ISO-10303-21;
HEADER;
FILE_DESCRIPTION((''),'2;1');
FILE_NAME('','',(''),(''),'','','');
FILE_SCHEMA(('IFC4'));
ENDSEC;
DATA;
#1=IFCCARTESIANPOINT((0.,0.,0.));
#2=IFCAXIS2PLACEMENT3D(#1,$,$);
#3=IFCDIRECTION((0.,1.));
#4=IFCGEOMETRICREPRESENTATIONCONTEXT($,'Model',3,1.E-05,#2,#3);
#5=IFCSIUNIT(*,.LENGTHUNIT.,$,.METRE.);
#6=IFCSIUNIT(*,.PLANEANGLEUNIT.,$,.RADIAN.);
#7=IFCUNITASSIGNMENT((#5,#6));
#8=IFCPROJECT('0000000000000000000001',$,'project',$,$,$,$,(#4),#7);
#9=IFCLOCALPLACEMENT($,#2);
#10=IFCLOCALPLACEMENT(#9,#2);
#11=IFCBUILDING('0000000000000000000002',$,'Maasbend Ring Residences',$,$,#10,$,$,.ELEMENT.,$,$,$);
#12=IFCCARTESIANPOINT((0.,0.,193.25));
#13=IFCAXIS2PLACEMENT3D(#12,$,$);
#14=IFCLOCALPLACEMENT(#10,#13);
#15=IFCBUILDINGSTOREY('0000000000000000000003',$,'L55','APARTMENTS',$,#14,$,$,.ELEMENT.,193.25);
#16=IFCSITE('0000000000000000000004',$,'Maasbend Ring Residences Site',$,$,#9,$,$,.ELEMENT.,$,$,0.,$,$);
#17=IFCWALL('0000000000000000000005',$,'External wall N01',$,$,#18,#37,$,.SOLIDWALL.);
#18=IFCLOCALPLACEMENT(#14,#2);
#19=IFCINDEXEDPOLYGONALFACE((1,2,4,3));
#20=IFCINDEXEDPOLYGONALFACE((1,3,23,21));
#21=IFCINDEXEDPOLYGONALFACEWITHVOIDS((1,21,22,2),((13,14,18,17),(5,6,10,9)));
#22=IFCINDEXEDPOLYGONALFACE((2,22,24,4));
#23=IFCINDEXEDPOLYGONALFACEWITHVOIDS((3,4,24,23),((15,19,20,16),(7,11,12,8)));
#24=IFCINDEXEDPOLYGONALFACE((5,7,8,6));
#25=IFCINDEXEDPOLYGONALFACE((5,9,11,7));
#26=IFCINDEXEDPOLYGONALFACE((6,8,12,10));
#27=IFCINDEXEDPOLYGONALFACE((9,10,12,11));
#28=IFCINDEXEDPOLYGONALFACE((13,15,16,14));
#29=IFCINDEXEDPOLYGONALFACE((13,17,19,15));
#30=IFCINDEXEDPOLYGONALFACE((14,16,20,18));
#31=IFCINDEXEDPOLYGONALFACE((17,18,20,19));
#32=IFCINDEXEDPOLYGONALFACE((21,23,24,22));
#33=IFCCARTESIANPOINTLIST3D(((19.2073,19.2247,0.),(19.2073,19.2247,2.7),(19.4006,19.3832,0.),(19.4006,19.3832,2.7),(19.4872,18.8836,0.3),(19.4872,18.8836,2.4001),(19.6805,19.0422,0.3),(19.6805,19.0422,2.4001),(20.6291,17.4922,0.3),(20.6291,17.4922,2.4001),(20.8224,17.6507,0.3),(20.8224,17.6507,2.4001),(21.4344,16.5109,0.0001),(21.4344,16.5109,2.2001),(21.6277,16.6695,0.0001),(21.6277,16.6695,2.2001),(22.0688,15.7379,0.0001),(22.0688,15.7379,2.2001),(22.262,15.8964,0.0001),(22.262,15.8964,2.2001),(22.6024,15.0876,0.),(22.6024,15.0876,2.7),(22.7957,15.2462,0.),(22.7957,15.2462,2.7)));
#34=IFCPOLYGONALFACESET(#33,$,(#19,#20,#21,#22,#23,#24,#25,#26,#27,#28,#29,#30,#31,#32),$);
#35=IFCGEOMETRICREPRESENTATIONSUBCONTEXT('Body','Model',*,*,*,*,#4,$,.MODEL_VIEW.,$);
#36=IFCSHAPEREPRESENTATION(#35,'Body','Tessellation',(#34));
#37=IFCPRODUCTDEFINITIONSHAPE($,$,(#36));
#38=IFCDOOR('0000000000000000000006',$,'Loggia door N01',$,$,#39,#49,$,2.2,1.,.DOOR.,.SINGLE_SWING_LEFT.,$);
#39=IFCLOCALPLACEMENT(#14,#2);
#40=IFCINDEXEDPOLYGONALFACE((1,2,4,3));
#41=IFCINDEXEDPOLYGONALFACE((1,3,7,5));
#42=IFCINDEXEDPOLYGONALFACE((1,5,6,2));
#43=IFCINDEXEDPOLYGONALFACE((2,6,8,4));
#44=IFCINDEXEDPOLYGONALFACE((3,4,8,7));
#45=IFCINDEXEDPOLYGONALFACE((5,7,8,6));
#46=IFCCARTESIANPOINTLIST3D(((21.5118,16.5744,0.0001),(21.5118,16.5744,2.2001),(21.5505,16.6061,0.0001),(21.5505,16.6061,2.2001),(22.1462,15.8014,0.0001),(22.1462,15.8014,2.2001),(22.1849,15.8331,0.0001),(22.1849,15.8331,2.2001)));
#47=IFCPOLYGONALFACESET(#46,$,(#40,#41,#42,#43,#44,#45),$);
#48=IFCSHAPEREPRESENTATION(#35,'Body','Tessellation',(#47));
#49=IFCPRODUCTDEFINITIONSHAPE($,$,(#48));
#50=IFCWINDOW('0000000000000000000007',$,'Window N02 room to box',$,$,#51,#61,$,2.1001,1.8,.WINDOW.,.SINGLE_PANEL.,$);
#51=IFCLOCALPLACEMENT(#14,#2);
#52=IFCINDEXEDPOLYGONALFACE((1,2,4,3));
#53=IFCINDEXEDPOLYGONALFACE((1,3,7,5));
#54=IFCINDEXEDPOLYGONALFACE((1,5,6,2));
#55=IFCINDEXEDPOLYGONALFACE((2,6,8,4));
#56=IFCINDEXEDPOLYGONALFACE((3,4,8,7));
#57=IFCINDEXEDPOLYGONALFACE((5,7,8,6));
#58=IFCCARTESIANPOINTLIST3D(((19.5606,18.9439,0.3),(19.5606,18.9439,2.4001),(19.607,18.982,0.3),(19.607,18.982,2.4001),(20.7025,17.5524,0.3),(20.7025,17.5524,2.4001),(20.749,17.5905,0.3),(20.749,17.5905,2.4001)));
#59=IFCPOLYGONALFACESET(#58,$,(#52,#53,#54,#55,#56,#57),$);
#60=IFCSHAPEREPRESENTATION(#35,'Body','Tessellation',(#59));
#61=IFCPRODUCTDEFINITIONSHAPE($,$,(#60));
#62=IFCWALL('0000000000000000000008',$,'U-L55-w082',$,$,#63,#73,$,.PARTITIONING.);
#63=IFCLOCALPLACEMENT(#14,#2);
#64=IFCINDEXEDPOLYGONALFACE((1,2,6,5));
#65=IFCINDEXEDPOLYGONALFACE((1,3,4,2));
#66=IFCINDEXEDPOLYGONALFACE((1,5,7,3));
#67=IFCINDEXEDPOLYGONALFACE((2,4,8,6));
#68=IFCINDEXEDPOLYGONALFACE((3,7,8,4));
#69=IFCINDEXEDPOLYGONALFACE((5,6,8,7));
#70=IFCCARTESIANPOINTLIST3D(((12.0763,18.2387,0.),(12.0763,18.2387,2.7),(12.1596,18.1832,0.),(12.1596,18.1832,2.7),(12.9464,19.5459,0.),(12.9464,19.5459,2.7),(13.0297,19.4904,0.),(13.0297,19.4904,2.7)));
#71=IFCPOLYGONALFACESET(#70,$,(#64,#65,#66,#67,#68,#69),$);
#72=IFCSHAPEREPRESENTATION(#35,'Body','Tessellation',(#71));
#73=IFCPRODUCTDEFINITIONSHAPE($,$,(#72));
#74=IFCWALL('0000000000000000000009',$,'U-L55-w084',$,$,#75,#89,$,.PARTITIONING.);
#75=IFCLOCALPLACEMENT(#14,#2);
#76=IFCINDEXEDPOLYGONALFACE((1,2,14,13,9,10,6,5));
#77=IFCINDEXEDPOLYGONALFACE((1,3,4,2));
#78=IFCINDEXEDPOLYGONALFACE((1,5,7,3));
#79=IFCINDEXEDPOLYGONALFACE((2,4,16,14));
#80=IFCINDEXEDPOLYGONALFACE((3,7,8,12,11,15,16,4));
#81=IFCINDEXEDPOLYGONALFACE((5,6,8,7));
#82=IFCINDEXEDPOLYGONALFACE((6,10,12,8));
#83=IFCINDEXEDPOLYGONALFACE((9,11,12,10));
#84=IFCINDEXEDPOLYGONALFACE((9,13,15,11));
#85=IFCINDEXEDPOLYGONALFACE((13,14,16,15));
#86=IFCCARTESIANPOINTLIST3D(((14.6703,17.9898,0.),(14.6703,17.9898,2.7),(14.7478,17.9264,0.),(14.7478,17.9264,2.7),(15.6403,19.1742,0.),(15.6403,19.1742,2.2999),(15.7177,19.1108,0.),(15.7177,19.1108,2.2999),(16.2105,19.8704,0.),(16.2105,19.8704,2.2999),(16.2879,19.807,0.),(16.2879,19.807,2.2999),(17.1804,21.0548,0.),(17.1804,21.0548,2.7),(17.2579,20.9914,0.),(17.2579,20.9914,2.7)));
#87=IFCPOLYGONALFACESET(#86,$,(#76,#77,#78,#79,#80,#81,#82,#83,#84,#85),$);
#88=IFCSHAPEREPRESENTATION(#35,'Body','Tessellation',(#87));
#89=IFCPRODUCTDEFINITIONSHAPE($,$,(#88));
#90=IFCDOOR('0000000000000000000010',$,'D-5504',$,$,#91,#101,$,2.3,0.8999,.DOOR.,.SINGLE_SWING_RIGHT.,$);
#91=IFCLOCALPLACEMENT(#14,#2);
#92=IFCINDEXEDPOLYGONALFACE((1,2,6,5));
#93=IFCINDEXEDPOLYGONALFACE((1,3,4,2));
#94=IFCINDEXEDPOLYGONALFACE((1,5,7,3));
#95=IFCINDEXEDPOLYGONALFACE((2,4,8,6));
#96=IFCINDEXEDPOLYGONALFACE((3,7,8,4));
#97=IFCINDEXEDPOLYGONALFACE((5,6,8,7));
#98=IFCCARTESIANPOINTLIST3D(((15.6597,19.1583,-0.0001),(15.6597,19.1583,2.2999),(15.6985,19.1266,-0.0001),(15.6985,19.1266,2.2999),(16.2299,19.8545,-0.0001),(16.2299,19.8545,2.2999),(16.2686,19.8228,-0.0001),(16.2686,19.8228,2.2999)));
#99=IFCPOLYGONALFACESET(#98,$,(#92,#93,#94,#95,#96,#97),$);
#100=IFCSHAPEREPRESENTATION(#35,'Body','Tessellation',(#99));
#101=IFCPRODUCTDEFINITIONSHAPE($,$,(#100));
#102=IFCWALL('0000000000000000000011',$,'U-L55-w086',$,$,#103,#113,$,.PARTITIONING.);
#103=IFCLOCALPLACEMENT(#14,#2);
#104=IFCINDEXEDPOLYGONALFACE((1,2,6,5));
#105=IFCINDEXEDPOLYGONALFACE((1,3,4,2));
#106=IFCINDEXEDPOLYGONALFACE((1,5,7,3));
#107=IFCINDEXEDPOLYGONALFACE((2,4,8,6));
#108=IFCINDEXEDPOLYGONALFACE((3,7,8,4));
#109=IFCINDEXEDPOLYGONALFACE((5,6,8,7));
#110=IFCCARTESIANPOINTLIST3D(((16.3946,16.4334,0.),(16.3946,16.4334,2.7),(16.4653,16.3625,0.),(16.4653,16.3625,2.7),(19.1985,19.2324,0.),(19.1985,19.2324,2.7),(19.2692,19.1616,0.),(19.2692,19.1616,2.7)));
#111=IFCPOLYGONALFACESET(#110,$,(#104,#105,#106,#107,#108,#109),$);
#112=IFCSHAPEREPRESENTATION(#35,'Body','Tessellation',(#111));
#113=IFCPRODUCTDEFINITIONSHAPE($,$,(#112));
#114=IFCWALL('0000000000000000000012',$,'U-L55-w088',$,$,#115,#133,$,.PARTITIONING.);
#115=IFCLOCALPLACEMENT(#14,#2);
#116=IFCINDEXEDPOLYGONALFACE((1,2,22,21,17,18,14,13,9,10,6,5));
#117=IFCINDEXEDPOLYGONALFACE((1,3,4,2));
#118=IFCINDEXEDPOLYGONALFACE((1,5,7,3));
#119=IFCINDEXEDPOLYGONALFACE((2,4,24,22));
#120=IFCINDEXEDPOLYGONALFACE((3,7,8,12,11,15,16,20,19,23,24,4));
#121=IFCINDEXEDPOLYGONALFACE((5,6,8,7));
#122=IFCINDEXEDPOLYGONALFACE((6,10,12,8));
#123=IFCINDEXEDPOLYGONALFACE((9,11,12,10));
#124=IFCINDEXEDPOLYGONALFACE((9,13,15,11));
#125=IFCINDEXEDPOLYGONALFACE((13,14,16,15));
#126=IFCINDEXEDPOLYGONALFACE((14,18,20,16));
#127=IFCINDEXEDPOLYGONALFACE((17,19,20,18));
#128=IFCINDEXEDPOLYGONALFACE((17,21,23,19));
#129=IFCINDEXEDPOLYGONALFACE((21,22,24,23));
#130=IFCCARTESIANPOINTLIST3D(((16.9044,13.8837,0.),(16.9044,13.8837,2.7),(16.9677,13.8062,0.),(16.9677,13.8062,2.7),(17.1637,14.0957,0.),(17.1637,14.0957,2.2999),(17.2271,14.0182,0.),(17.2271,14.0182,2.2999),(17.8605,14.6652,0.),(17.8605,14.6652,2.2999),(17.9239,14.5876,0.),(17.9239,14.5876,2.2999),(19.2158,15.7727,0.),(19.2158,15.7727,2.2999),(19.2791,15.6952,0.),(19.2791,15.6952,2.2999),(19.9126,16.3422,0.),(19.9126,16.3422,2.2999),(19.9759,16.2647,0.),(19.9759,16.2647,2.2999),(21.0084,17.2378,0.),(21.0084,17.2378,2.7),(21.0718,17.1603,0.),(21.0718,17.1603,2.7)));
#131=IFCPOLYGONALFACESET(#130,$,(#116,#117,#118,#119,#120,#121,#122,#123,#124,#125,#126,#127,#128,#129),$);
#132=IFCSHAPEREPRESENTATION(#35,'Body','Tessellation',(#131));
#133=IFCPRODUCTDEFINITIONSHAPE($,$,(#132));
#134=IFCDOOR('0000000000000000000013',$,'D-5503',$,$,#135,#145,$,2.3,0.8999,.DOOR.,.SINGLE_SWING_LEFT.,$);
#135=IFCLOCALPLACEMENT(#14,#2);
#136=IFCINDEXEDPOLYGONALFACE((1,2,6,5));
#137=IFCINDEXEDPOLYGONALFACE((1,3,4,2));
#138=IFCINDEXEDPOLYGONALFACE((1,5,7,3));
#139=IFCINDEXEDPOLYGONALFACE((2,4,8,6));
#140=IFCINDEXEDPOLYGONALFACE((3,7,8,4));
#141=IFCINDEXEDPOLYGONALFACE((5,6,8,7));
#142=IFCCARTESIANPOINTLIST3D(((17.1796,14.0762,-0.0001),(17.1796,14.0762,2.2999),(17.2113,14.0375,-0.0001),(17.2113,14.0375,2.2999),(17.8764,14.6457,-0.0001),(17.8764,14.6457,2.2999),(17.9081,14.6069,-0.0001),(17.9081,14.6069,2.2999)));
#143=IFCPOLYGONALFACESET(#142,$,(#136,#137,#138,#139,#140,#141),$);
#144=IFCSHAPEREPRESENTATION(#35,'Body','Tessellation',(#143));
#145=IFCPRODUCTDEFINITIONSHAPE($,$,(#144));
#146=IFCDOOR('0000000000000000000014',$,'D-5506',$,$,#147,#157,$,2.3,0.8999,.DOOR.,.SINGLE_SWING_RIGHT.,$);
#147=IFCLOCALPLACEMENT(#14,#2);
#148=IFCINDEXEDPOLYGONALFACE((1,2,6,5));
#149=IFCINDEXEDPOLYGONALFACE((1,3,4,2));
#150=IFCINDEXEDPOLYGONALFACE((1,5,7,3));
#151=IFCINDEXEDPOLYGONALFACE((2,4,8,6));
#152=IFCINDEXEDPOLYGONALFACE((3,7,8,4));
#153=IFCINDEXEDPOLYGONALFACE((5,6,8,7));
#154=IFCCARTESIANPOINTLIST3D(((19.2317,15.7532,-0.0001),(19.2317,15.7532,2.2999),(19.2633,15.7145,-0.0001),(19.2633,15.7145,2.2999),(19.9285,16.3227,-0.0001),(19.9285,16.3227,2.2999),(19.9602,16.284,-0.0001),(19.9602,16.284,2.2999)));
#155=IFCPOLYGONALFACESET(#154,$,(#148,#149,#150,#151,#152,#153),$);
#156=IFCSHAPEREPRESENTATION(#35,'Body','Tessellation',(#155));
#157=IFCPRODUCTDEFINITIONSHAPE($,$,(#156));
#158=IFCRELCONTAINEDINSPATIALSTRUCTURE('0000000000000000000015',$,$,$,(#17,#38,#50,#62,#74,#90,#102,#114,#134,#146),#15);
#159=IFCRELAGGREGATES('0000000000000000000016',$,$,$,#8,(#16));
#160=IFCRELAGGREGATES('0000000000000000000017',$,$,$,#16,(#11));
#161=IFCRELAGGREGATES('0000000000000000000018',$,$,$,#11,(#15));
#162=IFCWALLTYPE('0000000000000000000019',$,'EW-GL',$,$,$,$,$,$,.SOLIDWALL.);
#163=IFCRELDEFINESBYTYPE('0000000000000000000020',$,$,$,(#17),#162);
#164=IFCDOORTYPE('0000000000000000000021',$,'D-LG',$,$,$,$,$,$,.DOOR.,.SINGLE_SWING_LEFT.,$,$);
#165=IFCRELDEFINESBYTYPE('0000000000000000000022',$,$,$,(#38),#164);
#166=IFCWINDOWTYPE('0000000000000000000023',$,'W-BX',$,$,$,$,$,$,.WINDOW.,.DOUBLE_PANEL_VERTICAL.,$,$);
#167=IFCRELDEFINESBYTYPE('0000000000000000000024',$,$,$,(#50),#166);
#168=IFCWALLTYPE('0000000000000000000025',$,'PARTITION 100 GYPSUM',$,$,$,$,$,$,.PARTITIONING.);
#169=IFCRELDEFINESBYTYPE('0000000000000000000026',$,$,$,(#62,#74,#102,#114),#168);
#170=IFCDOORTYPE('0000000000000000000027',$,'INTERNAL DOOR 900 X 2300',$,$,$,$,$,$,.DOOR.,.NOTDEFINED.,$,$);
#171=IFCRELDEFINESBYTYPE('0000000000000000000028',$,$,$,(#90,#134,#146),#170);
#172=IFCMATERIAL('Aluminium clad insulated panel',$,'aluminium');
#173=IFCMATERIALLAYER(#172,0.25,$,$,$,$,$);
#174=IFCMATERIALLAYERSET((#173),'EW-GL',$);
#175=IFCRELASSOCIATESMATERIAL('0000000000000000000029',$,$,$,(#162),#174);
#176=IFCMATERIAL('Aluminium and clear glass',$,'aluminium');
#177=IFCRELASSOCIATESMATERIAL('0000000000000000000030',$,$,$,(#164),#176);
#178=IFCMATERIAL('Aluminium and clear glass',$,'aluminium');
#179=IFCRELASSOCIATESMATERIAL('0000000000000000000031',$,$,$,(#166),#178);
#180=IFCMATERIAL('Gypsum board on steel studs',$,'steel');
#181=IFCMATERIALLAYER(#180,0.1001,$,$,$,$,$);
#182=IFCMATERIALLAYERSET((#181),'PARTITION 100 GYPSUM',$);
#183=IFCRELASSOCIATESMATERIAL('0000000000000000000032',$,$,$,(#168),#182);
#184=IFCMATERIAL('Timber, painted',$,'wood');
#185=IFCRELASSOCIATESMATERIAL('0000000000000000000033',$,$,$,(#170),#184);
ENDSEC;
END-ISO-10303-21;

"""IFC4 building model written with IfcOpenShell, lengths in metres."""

from ifc_helpers import new_model, si_unit, direction, frame, frame_2d, origin, place, context, subcontext, project, spatial, rectangle, extrude, material, layer, layer_set, type_object, element, fill, save


model = new_model("IFC4")

# Units and contexts
model_context = context("Model", 3, precision=1e-05, world=origin(), true_north=direction((0.0, 1.0)))
body_context = subcontext(model_context, "Body", "Model", "MODEL_VIEW")
ifc_project = project(units=[si_unit("LENGTHUNIT", "METRE"), si_unit("PLANEANGLEUNIT", "RADIAN")], contexts=[model_context])

# Site, building, storey
site_placement = place(None, origin())
site = spatial("IfcSite", under=ifc_project, at=site_placement, Name="Maasbend Ring Residences Site", CompositionType="ELEMENT", RefElevation=0.0)
building_placement = place(site_placement, origin())
building = spatial("IfcBuilding", under=site, at=building_placement, Name="Maasbend Ring Residences", CompositionType="ELEMENT")
storey_placement = place(building_placement, frame((0.0, 0.0, 193.25)))
storey = spatial("IfcBuildingStorey", under=building, at=storey_placement, Name="L55", Description="APARTMENTS", CompositionType="ELEMENT", Elevation=193.25)

# Wall, openings, door, window
ifc_material_1 = material(Name="Aluminium clad insulated panel", Category="aluminium")
ifc_layer_1 = layer(ifc_material_1, 0.25)
ifc_layer_set_1 = layer_set([ifc_layer_1], Name="EW-GL")
wall_type_1 = type_object("IfcWallType", Name="EW-GL", PredefinedType="SOLIDWALL", material=ifc_layer_set_1)
wall_1_placement = place(storey_placement, frame((22.699, 15.167, 0.0), z_axis=(0.0, 0.0, 1.0), x_axis=(-0.634382, 0.773019, 0.0)))
wall_1 = element("IfcWall", 1, at=wall_1_placement, inside=storey, type_object=wall_type_1, Name="External wall N01", PredefinedType="SOLIDWALL", context=body_context, shape_type="SweptSolid", body=[
    extrude(rectangle(XDim=5.3518, YDim=0.25, at=frame_2d((2.6758, 0.0))), origin(), (0.0, 0.0, 1.0), 2.7),
])
opening_1_placement = place(wall_1_placement, frame((0.8411, 0.0, 0.0)))
opening_1 = element("IfcOpeningElement", 2, at=opening_1_placement, cuts=wall_1, PredefinedType="OPENING", context=body_context, shape_type="SweptSolid", body=[
    extrude(rectangle(XDim=1.0, YDim=2.2, at=frame_2d((0.5, 1.1001))), frame((0.0, 0.135, 0.0), z_axis=(0.0, -1.0, 0.0), x_axis=(1.0, 0.0, 0.0)), (0.0, 0.0, 1.0), 0.27),
])
opening_2_placement = place(wall_1_placement, frame((3.1106, 0.0, 0.3)))
opening_2 = element("IfcOpeningElement", 3, at=opening_2_placement, cuts=wall_1, PredefinedType="OPENING", context=body_context, shape_type="SweptSolid", body=[
    extrude(rectangle(XDim=1.8, YDim=2.1001, at=frame_2d((0.8999, 1.05))), frame((0.0, 0.135, 0.0), z_axis=(0.0, -1.0, 0.0), x_axis=(1.0, 0.0, 0.0)), (0.0, 0.0, 1.0), 0.27),
])
ifc_material_2 = material(Name="Aluminium and clear glass", Category="aluminium")
door_type_1 = type_object("IfcDoorType", Name="D-LG", OperationType="SINGLE_SWING_LEFT", PredefinedType="DOOR", material=ifc_material_2)
door_1_placement = place(opening_1_placement, origin())
door_1 = element("IfcDoor", 4, at=door_1_placement, inside=storey, type_object=door_type_1, Name="Loggia door N01", OperationType="SINGLE_SWING_LEFT", OverallHeight=2.2, OverallWidth=1.0, PredefinedType="DOOR", context=body_context, shape_type="SweptSolid", body=[
    extrude(rectangle(XDim=1.0, YDim=2.2, at=frame_2d((0.5, 1.1001))), frame((0.0, 0.0249, 0.0), z_axis=(0.0, -1.0, 0.0), x_axis=(1.0, 0.0, 0.0)), (0.0, 0.0, 1.0), 0.05),
])
fill(opening_1, door_1)
ifc_material_3 = material(Name="Aluminium and clear glass", Category="aluminium")
window_type_1 = type_object("IfcWindowType", Name="W-BX", PartitioningType="DOUBLE_PANEL_VERTICAL", PredefinedType="WINDOW", material=ifc_material_3)
window_1_placement = place(opening_2_placement, origin())
window_1 = element("IfcWindow", 5, at=window_1_placement, inside=storey, type_object=window_type_1, Name="Window N02 room to box", OverallHeight=2.1001, OverallWidth=1.8, PartitioningType="SINGLE_PANEL", PredefinedType="WINDOW", context=body_context, shape_type="SweptSolid", body=[
    extrude(rectangle(XDim=1.8, YDim=2.1001, at=frame_2d((0.8999, 1.05))), frame((0.0, 0.03, 0.0), z_axis=(0.0, -1.0, 0.0), x_axis=(1.0, 0.0, 0.0)), (0.0, 0.0, 1.0), 0.0601),
])
fill(opening_2, window_1)

# Wall
ifc_material_4 = material(Name="Gypsum board on steel studs", Category="steel")
ifc_layer_2 = layer(ifc_material_4, 0.1001)
ifc_layer_set_2 = layer_set([ifc_layer_2], Name="PARTITION 100 GYPSUM")
wall_type_2 = type_object("IfcWallType", Name="PARTITION 100 GYPSUM", PredefinedType="PARTITIONING", material=ifc_layer_set_2)
wall_2_placement = place(storey_placement, frame((12.1179, 18.2109, 0.0), z_axis=(0.0, 0.0, 1.0), x_axis=(0.554126, 0.832433, 0.0)))
element("IfcWall", 6, at=wall_2_placement, inside=storey, type_object=wall_type_2, Name="U-L55-w082", PredefinedType="PARTITIONING", context=body_context, shape_type="SweptSolid", body=[
    extrude(rectangle(XDim=1.5703, YDim=0.1001, at=frame_2d((0.7852, 0.0))), origin(), (0.0, 0.0, 1.0), 2.7),
])

# Wall, opening, door
wall_3_placement = place(storey_placement, frame((14.709, 17.958, 0.0), z_axis=(0.0, 0.0, 1.0), x_axis=(0.63359, 0.773669, 0.0)))
wall_3 = element("IfcWall", 7, at=wall_3_placement, inside=storey, type_object=wall_type_2, Name="U-L55-w084", PredefinedType="PARTITIONING", context=body_context, shape_type="SweptSolid", body=[
    extrude(rectangle(XDim=3.9617, YDim=0.1001, at=frame_2d((1.981, 0.0))), origin(), (0.0, 0.0, 1.0), 2.7),
])
opening_3_placement = place(wall_3_placement, frame((1.531, 0.0, 0.0)))
opening_3 = element("IfcOpeningElement", 8, at=opening_3_placement, cuts=wall_3, PredefinedType="OPENING", context=body_context, shape_type="SweptSolid", body=[
    extrude(rectangle(XDim=0.8999, YDim=2.3, at=frame_2d((0.45, 1.1499))), frame((0.0, 0.0601, 0.0), z_axis=(0.0, -1.0, 0.0), x_axis=(1.0, 0.0, 0.0)), (0.0, 0.0, 1.0), 0.1201),
])
ifc_material_5 = material(Name="Timber, painted", Category="wood")
door_type_2 = type_object("IfcDoorType", Name="INTERNAL DOOR 900 X 2300", OperationType="NOTDEFINED", PredefinedType="DOOR", material=ifc_material_5)
door_2_placement = place(opening_3_placement, origin())
door_2 = element("IfcDoor", 9, at=door_2_placement, inside=storey, type_object=door_type_2, Name="D-5504", OperationType="SINGLE_SWING_RIGHT", OverallHeight=2.3, OverallWidth=0.8999, PredefinedType="DOOR", context=body_context, shape_type="SweptSolid", body=[
    extrude(rectangle(XDim=0.8999, YDim=2.3, at=frame_2d((0.45, 1.1499))), frame((0.0, 0.0249, 0.0), z_axis=(0.0, -1.0, 0.0), x_axis=(1.0, 0.0, 0.0)), (0.0, 0.0, 1.0), 0.05),
])
fill(opening_3, door_2)

# Wall
wall_4_placement = place(storey_placement, frame((16.4299, 16.3979, 0.0), z_axis=(0.0, 0.0, 1.0), x_axis=(0.707723, 0.70649, 0.0)))
element("IfcWall", 10, at=wall_4_placement, inside=storey, type_object=wall_type_2, Name="U-L55-w086", PredefinedType="PARTITIONING", context=body_context, shape_type="SweptSolid", body=[
    extrude(rectangle(XDim=3.9619, YDim=0.1001, at=frame_2d((1.981, 0.0))), origin(), (0.0, 0.0, 1.0), 2.7),
])

# Wall, openings, doors
wall_5_placement = place(storey_placement, frame((16.936, 13.845, 0.0), z_axis=(0.0, 0.0, 1.0), x_axis=(0.77431, 0.632806, 0.0)))
wall_5 = element("IfcWall", 11, at=wall_5_placement, inside=storey, type_object=wall_type_2, Name="U-L55-w088", PredefinedType="PARTITIONING", context=body_context, shape_type="SweptSolid", body=[
    extrude(rectangle(XDim=5.3003, YDim=0.1001, at=frame_2d((2.6501, 0.0))), origin(), (0.0, 0.0, 1.0), 2.7),
])
opening_4_placement = place(wall_5_placement, frame((0.335, 0.0, 0.0)))
opening_4 = element("IfcOpeningElement", 12, at=opening_4_placement, cuts=wall_5, PredefinedType="OPENING", context=body_context, shape_type="SweptSolid", body=[
    extrude(rectangle(XDim=0.8999, YDim=2.3, at=frame_2d((0.45, 1.1499))), frame((0.0, 0.0601, 0.0), z_axis=(0.0, -1.0, 0.0), x_axis=(1.0, 0.0, 0.0)), (0.0, 0.0, 1.0), 0.1201),
])
opening_5_placement = place(wall_5_placement, frame((2.9851, 0.0, 0.0)))
opening_5 = element("IfcOpeningElement", 13, at=opening_5_placement, cuts=wall_5, PredefinedType="OPENING", context=body_context, shape_type="SweptSolid", body=[
    extrude(rectangle(XDim=0.8999, YDim=2.3, at=frame_2d((0.45, 1.1499))), frame((0.0, 0.0601, 0.0), z_axis=(0.0, -1.0, 0.0), x_axis=(1.0, 0.0, 0.0)), (0.0, 0.0, 1.0), 0.1201),
])
door_3_placement = place(opening_4_placement, origin())
door_3 = element("IfcDoor", 14, at=door_3_placement, inside=storey, type_object=door_type_2, Name="D-5503", OperationType="SINGLE_SWING_LEFT", OverallHeight=2.3, OverallWidth=0.8999, PredefinedType="DOOR", context=body_context, shape_type="SweptSolid", body=[
    extrude(rectangle(XDim=0.8999, YDim=2.3, at=frame_2d((0.45, 1.1499))), frame((0.0, 0.0249, 0.0), z_axis=(0.0, -1.0, 0.0), x_axis=(1.0, 0.0, 0.0)), (0.0, 0.0, 1.0), 0.05),
])
fill(opening_4, door_3)
door_4_placement = place(opening_5_placement, origin())
door_4 = element("IfcDoor", 15, at=door_4_placement, inside=storey, type_object=door_type_2, Name="D-5506", OperationType="SINGLE_SWING_RIGHT", OverallHeight=2.3, OverallWidth=0.8999, PredefinedType="DOOR", context=body_context, shape_type="SweptSolid", body=[
    extrude(rectangle(XDim=0.8999, YDim=2.3, at=frame_2d((0.45, 1.1499))), frame((0.0, 0.0249, 0.0), z_axis=(0.0, -1.0, 0.0), x_axis=(1.0, 0.0, 0.0)), (0.0, 0.0, 1.0), 0.05),
])
fill(opening_5, door_4)

save(model, "model.ifc")
